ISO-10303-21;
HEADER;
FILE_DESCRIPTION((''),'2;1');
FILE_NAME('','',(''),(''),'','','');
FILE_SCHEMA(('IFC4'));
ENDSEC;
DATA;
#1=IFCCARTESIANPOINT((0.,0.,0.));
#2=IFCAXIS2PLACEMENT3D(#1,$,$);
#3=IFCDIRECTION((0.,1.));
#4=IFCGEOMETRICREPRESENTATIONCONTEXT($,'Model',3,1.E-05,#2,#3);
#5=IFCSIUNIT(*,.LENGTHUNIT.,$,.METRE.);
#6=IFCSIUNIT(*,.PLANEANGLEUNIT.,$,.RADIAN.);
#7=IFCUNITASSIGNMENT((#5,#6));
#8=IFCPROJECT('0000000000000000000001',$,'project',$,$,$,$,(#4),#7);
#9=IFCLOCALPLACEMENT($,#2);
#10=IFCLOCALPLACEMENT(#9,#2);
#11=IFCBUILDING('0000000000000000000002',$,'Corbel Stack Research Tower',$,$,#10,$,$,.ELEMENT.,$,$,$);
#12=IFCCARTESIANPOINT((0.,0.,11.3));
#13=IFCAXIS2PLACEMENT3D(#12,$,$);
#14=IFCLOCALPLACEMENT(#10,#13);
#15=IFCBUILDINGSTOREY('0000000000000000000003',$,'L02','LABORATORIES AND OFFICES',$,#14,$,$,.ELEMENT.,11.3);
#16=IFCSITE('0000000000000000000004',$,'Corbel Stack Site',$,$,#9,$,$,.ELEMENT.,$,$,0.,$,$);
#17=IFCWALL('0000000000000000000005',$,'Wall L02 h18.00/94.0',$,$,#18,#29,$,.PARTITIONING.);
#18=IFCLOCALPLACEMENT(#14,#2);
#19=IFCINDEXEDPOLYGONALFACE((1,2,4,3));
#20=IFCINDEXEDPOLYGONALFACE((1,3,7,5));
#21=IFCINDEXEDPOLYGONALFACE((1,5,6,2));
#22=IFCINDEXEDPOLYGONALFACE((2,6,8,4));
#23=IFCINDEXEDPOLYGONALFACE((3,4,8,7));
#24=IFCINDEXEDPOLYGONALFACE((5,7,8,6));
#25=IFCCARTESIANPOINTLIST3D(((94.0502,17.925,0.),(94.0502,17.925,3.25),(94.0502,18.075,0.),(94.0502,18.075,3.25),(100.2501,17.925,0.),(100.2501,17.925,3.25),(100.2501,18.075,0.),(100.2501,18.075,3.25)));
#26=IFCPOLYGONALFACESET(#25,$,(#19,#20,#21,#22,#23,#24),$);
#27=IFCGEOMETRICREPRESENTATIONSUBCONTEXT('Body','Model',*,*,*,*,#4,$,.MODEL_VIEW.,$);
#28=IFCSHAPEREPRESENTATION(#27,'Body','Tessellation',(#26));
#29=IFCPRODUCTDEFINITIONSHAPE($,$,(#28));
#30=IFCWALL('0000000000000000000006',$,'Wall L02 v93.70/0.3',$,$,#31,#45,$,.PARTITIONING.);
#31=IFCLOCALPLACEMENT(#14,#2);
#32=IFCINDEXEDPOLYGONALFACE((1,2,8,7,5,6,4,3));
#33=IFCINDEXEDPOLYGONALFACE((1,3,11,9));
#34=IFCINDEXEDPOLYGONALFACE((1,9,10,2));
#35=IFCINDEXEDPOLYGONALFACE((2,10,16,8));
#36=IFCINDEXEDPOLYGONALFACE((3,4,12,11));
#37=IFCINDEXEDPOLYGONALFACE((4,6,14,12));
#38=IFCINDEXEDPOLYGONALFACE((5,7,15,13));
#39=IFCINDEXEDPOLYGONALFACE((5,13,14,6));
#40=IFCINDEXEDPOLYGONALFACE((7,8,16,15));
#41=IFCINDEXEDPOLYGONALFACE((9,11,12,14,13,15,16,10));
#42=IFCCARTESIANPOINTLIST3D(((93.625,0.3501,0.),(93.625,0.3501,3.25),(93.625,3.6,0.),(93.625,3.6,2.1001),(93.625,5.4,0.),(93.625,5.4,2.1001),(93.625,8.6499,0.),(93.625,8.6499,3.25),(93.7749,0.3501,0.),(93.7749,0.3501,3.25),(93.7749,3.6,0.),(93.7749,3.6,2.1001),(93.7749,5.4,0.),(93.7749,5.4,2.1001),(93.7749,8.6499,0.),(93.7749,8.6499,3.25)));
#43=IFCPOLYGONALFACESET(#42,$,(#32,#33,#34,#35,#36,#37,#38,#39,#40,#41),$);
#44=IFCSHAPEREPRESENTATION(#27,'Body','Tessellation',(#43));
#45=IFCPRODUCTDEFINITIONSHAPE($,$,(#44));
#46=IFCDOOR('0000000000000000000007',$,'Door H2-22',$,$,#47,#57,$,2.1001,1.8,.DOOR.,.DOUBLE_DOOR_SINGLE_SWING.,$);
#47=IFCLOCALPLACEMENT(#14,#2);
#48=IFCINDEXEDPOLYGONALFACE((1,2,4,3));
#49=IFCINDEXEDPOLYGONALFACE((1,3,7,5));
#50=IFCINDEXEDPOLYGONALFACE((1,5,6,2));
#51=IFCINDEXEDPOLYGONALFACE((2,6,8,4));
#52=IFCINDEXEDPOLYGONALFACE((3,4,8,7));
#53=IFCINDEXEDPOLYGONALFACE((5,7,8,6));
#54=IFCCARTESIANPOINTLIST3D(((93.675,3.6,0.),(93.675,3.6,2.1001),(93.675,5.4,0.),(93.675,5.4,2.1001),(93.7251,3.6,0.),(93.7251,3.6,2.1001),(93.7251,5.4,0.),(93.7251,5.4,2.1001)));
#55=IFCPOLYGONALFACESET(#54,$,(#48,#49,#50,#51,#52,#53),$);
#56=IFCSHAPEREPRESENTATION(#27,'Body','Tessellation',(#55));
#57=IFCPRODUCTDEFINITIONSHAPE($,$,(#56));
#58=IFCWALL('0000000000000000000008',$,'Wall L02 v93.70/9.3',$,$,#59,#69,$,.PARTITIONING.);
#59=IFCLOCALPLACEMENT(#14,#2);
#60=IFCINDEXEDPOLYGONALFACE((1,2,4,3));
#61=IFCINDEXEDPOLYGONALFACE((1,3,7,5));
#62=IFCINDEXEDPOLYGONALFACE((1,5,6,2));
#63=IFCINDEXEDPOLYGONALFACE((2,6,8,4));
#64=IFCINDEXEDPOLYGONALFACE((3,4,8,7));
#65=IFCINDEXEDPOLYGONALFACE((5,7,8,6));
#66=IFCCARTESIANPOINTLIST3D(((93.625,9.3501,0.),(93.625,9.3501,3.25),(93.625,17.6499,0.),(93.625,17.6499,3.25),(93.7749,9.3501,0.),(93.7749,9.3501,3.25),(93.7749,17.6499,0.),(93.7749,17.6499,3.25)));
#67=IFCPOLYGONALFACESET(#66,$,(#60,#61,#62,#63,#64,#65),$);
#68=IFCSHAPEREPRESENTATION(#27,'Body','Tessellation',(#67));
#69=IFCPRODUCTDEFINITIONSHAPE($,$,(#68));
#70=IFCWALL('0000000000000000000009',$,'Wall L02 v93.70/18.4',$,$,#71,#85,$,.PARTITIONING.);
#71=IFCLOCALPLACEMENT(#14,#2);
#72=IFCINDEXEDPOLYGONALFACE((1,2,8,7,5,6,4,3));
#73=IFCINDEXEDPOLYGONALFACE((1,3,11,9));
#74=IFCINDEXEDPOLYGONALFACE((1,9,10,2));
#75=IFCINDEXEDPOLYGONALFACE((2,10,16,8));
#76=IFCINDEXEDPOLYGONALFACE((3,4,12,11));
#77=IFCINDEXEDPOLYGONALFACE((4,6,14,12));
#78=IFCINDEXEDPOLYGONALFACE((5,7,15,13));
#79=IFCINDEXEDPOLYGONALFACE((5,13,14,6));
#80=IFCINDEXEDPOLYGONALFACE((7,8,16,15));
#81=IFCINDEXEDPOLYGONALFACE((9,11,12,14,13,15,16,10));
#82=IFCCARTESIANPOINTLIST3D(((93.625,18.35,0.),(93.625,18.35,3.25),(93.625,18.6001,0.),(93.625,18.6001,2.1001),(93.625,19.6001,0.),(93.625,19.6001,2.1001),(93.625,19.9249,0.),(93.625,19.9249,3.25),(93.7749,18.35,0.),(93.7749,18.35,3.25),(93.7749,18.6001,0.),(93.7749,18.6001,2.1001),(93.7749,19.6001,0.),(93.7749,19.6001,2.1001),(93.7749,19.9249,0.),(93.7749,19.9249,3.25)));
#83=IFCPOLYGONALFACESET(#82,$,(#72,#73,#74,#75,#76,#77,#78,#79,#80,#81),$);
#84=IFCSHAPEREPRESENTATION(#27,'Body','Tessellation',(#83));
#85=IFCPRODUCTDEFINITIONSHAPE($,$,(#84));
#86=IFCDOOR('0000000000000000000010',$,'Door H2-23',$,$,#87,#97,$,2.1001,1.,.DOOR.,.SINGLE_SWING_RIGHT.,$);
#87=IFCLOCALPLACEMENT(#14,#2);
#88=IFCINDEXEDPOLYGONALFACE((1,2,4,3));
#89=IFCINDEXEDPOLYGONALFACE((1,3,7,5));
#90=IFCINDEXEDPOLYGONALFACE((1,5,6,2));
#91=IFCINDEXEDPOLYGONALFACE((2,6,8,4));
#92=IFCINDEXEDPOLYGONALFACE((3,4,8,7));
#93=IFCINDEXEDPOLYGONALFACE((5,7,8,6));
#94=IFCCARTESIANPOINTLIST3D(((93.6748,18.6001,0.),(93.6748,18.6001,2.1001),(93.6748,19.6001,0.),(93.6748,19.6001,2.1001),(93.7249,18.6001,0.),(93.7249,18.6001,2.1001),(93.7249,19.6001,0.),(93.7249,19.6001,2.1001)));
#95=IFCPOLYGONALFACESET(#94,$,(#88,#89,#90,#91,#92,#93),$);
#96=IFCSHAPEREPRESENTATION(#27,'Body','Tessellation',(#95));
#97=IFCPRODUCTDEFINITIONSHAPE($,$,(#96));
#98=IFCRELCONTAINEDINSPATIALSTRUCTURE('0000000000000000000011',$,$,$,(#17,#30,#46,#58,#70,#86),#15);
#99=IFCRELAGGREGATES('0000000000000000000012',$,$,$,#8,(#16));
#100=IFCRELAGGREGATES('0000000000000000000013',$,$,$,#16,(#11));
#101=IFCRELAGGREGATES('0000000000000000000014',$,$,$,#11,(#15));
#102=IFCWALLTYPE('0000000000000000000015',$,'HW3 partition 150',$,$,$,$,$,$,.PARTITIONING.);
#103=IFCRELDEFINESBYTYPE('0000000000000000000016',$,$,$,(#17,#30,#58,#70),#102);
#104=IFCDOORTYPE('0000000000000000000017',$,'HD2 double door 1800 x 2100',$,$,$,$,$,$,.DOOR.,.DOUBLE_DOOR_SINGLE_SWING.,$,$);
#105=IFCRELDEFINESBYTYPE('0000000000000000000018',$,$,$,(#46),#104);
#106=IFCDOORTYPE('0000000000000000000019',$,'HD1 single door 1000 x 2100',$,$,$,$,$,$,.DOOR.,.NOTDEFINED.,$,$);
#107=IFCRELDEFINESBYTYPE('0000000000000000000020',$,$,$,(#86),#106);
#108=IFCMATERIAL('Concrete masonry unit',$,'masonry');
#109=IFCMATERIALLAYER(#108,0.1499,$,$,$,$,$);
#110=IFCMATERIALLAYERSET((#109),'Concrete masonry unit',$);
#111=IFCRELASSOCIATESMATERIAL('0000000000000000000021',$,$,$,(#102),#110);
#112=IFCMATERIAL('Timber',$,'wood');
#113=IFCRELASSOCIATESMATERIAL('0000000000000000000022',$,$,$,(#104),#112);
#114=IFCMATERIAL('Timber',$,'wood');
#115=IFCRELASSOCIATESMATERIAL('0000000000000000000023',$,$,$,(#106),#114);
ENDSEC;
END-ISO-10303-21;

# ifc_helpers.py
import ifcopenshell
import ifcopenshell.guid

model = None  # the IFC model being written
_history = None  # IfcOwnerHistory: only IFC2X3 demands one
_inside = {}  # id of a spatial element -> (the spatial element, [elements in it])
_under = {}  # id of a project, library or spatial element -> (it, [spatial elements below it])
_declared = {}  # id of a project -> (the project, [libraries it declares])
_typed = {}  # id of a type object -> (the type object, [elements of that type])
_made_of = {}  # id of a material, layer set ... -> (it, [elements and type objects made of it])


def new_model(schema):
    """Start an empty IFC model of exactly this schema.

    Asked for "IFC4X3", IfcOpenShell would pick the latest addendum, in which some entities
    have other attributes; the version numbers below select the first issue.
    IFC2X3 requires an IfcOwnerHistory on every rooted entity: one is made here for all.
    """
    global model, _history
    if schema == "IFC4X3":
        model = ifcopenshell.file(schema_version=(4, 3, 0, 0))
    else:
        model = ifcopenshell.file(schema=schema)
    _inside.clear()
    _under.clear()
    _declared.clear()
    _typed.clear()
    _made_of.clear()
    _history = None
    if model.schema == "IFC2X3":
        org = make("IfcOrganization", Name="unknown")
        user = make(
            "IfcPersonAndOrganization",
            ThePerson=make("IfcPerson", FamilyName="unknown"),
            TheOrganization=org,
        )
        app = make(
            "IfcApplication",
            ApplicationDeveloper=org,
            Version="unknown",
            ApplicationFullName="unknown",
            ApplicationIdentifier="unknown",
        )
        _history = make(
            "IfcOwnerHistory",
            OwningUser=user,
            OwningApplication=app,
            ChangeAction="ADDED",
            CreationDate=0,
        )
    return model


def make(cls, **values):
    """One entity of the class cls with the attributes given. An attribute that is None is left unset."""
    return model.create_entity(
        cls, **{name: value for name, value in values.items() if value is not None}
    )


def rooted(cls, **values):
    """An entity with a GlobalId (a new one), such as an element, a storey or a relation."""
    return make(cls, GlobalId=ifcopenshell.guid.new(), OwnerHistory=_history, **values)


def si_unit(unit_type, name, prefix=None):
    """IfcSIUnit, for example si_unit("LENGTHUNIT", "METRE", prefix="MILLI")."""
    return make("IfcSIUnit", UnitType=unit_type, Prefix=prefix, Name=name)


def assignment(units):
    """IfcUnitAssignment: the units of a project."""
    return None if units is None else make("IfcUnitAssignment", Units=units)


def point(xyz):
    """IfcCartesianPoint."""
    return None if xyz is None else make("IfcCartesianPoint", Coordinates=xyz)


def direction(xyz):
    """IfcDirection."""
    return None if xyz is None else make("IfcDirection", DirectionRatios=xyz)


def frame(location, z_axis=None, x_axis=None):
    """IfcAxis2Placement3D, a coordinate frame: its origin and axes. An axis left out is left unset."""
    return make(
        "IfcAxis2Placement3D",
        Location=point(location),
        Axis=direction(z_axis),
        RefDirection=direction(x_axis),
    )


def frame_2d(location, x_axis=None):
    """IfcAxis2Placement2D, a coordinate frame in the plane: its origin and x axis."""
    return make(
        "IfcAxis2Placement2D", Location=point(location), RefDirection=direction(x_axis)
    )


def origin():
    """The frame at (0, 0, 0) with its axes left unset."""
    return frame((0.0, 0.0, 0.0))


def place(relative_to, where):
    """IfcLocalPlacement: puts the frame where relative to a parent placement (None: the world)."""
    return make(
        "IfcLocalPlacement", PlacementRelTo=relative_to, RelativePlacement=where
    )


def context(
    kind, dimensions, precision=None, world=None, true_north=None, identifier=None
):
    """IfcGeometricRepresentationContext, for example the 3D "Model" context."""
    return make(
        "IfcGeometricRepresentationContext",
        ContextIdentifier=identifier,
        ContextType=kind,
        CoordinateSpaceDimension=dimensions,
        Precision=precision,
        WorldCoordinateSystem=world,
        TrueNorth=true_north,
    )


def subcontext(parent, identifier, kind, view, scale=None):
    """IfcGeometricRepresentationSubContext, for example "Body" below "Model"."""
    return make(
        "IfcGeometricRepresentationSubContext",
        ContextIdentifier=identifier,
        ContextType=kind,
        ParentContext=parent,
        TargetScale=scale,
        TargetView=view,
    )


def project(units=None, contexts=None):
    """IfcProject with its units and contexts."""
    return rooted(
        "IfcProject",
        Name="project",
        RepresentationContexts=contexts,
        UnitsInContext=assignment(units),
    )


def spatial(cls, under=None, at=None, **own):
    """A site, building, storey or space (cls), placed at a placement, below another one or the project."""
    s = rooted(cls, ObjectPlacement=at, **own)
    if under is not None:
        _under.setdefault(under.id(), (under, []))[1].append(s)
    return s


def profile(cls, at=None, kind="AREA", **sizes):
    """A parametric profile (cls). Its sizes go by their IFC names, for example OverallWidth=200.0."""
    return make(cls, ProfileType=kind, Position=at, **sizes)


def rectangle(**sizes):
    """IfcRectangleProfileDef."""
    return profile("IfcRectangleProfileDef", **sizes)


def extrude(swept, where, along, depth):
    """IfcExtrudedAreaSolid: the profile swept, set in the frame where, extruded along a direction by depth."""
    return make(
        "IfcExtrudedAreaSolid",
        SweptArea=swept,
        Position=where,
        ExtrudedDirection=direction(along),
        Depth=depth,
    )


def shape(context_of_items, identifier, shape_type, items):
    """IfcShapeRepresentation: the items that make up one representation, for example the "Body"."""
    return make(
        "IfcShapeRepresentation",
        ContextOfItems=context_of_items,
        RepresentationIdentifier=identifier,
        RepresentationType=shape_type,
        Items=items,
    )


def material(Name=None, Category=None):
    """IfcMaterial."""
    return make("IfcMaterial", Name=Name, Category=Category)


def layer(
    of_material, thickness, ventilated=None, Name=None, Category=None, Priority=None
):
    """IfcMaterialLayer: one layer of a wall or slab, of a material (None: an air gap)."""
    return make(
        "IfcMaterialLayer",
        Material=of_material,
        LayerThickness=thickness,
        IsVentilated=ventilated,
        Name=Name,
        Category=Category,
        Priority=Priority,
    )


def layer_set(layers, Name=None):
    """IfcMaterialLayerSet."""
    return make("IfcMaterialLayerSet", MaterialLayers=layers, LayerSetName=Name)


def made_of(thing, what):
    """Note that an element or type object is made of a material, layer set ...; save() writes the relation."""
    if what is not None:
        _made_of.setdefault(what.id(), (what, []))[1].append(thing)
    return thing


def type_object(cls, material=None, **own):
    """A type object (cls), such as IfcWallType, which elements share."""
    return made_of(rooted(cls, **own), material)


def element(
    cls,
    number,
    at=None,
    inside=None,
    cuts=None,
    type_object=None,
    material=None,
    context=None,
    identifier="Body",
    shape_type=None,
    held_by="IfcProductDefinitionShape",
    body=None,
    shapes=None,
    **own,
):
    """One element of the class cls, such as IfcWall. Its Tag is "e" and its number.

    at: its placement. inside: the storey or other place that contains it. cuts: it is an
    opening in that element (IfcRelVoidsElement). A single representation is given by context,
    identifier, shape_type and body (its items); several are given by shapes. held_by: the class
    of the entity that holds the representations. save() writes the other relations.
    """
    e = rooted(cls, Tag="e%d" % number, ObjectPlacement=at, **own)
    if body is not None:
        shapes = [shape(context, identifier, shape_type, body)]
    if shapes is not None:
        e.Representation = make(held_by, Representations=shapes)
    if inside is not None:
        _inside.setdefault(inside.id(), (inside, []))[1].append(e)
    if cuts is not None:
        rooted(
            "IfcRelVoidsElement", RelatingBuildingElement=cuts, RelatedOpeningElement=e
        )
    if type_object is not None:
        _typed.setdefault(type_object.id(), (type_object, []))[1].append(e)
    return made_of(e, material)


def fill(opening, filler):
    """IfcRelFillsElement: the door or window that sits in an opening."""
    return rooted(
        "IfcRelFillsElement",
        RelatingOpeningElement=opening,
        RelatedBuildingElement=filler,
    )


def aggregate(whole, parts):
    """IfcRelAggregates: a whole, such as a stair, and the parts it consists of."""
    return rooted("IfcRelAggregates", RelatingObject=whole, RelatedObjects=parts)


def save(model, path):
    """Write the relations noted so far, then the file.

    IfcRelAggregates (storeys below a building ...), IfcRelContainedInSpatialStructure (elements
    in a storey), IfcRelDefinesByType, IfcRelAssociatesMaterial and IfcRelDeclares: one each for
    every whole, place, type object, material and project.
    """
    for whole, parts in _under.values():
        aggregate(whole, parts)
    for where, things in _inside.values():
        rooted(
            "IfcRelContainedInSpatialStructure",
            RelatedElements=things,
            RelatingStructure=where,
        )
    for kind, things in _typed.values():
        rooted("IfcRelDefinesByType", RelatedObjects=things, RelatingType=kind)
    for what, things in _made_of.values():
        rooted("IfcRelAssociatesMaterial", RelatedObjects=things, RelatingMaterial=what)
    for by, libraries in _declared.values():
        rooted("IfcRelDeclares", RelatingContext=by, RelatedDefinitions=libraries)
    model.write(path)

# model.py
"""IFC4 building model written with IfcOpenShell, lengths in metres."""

from ifc_helpers import new_model, si_unit, direction, frame, frame_2d, origin, place, context, subcontext, project, spatial, rectangle, extrude, material, layer, layer_set, type_object, element, fill, save


model = new_model("IFC4")

# Units and contexts
model_context = context("Model", 3, precision=1e-05, world=origin(), true_north=direction((0.0, 1.0)))
body_context = subcontext(model_context, "Body", "Model", "MODEL_VIEW")
ifc_project = project(units=[si_unit("LENGTHUNIT", "METRE"), si_unit("PLANEANGLEUNIT", "RADIAN")], contexts=[model_context])

# Site, building, storey
site_placement = place(None, origin())
site = spatial("IfcSite", under=ifc_project, at=site_placement, Name="Corbel Stack Site", CompositionType="ELEMENT", RefElevation=0.0)
building_placement = place(site_placement, origin())
building = spatial("IfcBuilding", under=site, at=building_placement, Name="Corbel Stack Research Tower", CompositionType="ELEMENT")
storey_placement = place(building_placement, frame((0.0, 0.0, 11.3)))
storey = spatial("IfcBuildingStorey", under=building, at=storey_placement, Name="L02", Description="LABORATORIES AND OFFICES", CompositionType="ELEMENT", Elevation=11.3)

# Wall
ifc_material_1 = material(Name="Concrete masonry unit", Category="masonry")
ifc_layer_1 = layer(ifc_material_1, 0.1499)
ifc_layer_set_1 = layer_set([ifc_layer_1], Name="Concrete masonry unit")
wall_type_1 = type_object("IfcWallType", Name="HW3 partition 150", PredefinedType="PARTITIONING", material=ifc_layer_set_1)
for number, where, z_axis, x_axis, name in (
    (1, (94.05, 18.0, 0.0), (0.0, 0.0, 1.0), (1.0, 0.0, 0.0), "Wall L02 h18.00/94.0"),
):
    element("IfcWall", number, at=place(storey_placement, frame(where, z_axis=z_axis, x_axis=x_axis)), inside=storey, type_object=wall_type_1, Name=name, PredefinedType="PARTITIONING", context=body_context, shape_type="SweptSolid", body=[
        extrude(rectangle(XDim=6.2, YDim=0.1499, at=frame_2d((3.1001, 0.0))), origin(), (0.0, 0.0, 1.0), 3.25),
    ])

# Wall, opening, door
wall_1_placement = place(storey_placement, frame((93.7, 0.3501, 0.0), z_axis=(0.0, 0.0, 1.0), x_axis=(0.0, 1.0, 0.0)))
wall_1 = element("IfcWall", 2, at=wall_1_placement, inside=storey, type_object=wall_type_1, Name="Wall L02 v93.70/0.3", PredefinedType="PARTITIONING", context=body_context, shape_type="SweptSolid", body=[
    extrude(rectangle(XDim=8.2998, YDim=0.1499, at=frame_2d((4.1499, 0.0))), origin(), (0.0, 0.0, 1.0), 3.25),
])
opening_1_placement = place(wall_1_placement, frame((3.25, 0.0, 0.0)))
opening_1 = element("IfcOpeningElement", 3, at=opening_1_placement, cuts=wall_1, PredefinedType="OPENING", context=body_context, shape_type="SweptSolid", body=[
    extrude(rectangle(XDim=1.8, YDim=2.1001, at=frame_2d((0.8999, 1.05))), frame((0.0, 0.085, 0.0), z_axis=(0.0, -1.0, 0.0), x_axis=(1.0, 0.0, 0.0)), (0.0, 0.0, 1.0), 0.1699),
])
ifc_material_2 = material(Name="Timber", Category="wood")
door_type_1 = type_object("IfcDoorType", Name="HD2 double door 1800 x 2100", OperationType="DOUBLE_DOOR_SINGLE_SWING", PredefinedType="DOOR", material=ifc_material_2)
door_1_placement = place(opening_1_placement, origin())
door_1 = element("IfcDoor", 4, at=door_1_placement, inside=storey, type_object=door_type_1, Name="Door H2-22", OperationType="DOUBLE_DOOR_SINGLE_SWING", OverallHeight=2.1001, OverallWidth=1.8, PredefinedType="DOOR", context=body_context, shape_type="SweptSolid", body=[
    extrude(rectangle(XDim=1.8, YDim=2.1001, at=frame_2d((0.8999, 1.05))), frame((0.0, 0.0249, 0.0), z_axis=(0.0, -1.0, 0.0), x_axis=(1.0, 0.0, 0.0)), (0.0, 0.0, 1.0), 0.05),
])
fill(opening_1, door_1)

# Wall
wall_2_placement = place(storey_placement, frame((93.7, 9.3501, 0.0), z_axis=(0.0, 0.0, 1.0), x_axis=(0.0, 1.0, 0.0)))
element("IfcWall", 5, at=wall_2_placement, inside=storey, type_object=wall_type_1, Name="Wall L02 v93.70/9.3", PredefinedType="PARTITIONING", context=body_context, shape_type="SweptSolid", body=[
    extrude(rectangle(XDim=8.2998, YDim=0.1499, at=frame_2d((4.1499, 0.0))), origin(), (0.0, 0.0, 1.0), 3.25),
])

# Wall, opening, door
wall_3_placement = place(storey_placement, frame((93.7, 19.925, 0.0), z_axis=(0.0, 0.0, 1.0), x_axis=(0.0, -1.0, 0.0)))
wall_3 = element("IfcWall", 6, at=wall_3_placement, inside=storey, type_object=wall_type_1, Name="Wall L02 v93.70/18.4", PredefinedType="PARTITIONING", context=body_context, shape_type="SweptSolid", body=[
    extrude(rectangle(XDim=1.575, YDim=0.1499, at=frame_2d((0.7876, 0.0))), origin(), (0.0, 0.0, 1.0), 3.25),
])
opening_2_placement = place(wall_3_placement, frame((0.325, 0.0, 0.0)))
opening_2 = element("IfcOpeningElement", 7, at=opening_2_placement, cuts=wall_3, PredefinedType="OPENING", context=body_context, shape_type="SweptSolid", body=[
    extrude(rectangle(XDim=1.0, YDim=2.1001, at=frame_2d((0.5, 1.05))), frame((0.0, 0.085, 0.0), z_axis=(0.0, -1.0, 0.0), x_axis=(1.0, 0.0, 0.0)), (0.0, 0.0, 1.0), 0.1699),
])
ifc_material_3 = material(Name="Timber", Category="wood")
door_type_2 = type_object("IfcDoorType", Name="HD1 single door 1000 x 2100", OperationType="NOTDEFINED", PredefinedType="DOOR", material=ifc_material_3)
door_2_placement = place(opening_2_placement, origin())
door_2 = element("IfcDoor", 8, at=door_2_placement, inside=storey, type_object=door_type_2, Name="Door H2-23", OperationType="SINGLE_SWING_RIGHT", OverallHeight=2.1001, OverallWidth=1.0, PredefinedType="DOOR", context=body_context, shape_type="SweptSolid", body=[
    extrude(rectangle(XDim=1.0, YDim=2.1001, at=frame_2d((0.5, 1.05))), frame((0.0, 0.0249, 0.0), z_axis=(0.0, -1.0, 0.0), x_axis=(1.0, 0.0, 0.0)), (0.0, 0.0, 1.0), 0.05),
])
fill(opening_2, door_2)

save(model, "model.ifc")
